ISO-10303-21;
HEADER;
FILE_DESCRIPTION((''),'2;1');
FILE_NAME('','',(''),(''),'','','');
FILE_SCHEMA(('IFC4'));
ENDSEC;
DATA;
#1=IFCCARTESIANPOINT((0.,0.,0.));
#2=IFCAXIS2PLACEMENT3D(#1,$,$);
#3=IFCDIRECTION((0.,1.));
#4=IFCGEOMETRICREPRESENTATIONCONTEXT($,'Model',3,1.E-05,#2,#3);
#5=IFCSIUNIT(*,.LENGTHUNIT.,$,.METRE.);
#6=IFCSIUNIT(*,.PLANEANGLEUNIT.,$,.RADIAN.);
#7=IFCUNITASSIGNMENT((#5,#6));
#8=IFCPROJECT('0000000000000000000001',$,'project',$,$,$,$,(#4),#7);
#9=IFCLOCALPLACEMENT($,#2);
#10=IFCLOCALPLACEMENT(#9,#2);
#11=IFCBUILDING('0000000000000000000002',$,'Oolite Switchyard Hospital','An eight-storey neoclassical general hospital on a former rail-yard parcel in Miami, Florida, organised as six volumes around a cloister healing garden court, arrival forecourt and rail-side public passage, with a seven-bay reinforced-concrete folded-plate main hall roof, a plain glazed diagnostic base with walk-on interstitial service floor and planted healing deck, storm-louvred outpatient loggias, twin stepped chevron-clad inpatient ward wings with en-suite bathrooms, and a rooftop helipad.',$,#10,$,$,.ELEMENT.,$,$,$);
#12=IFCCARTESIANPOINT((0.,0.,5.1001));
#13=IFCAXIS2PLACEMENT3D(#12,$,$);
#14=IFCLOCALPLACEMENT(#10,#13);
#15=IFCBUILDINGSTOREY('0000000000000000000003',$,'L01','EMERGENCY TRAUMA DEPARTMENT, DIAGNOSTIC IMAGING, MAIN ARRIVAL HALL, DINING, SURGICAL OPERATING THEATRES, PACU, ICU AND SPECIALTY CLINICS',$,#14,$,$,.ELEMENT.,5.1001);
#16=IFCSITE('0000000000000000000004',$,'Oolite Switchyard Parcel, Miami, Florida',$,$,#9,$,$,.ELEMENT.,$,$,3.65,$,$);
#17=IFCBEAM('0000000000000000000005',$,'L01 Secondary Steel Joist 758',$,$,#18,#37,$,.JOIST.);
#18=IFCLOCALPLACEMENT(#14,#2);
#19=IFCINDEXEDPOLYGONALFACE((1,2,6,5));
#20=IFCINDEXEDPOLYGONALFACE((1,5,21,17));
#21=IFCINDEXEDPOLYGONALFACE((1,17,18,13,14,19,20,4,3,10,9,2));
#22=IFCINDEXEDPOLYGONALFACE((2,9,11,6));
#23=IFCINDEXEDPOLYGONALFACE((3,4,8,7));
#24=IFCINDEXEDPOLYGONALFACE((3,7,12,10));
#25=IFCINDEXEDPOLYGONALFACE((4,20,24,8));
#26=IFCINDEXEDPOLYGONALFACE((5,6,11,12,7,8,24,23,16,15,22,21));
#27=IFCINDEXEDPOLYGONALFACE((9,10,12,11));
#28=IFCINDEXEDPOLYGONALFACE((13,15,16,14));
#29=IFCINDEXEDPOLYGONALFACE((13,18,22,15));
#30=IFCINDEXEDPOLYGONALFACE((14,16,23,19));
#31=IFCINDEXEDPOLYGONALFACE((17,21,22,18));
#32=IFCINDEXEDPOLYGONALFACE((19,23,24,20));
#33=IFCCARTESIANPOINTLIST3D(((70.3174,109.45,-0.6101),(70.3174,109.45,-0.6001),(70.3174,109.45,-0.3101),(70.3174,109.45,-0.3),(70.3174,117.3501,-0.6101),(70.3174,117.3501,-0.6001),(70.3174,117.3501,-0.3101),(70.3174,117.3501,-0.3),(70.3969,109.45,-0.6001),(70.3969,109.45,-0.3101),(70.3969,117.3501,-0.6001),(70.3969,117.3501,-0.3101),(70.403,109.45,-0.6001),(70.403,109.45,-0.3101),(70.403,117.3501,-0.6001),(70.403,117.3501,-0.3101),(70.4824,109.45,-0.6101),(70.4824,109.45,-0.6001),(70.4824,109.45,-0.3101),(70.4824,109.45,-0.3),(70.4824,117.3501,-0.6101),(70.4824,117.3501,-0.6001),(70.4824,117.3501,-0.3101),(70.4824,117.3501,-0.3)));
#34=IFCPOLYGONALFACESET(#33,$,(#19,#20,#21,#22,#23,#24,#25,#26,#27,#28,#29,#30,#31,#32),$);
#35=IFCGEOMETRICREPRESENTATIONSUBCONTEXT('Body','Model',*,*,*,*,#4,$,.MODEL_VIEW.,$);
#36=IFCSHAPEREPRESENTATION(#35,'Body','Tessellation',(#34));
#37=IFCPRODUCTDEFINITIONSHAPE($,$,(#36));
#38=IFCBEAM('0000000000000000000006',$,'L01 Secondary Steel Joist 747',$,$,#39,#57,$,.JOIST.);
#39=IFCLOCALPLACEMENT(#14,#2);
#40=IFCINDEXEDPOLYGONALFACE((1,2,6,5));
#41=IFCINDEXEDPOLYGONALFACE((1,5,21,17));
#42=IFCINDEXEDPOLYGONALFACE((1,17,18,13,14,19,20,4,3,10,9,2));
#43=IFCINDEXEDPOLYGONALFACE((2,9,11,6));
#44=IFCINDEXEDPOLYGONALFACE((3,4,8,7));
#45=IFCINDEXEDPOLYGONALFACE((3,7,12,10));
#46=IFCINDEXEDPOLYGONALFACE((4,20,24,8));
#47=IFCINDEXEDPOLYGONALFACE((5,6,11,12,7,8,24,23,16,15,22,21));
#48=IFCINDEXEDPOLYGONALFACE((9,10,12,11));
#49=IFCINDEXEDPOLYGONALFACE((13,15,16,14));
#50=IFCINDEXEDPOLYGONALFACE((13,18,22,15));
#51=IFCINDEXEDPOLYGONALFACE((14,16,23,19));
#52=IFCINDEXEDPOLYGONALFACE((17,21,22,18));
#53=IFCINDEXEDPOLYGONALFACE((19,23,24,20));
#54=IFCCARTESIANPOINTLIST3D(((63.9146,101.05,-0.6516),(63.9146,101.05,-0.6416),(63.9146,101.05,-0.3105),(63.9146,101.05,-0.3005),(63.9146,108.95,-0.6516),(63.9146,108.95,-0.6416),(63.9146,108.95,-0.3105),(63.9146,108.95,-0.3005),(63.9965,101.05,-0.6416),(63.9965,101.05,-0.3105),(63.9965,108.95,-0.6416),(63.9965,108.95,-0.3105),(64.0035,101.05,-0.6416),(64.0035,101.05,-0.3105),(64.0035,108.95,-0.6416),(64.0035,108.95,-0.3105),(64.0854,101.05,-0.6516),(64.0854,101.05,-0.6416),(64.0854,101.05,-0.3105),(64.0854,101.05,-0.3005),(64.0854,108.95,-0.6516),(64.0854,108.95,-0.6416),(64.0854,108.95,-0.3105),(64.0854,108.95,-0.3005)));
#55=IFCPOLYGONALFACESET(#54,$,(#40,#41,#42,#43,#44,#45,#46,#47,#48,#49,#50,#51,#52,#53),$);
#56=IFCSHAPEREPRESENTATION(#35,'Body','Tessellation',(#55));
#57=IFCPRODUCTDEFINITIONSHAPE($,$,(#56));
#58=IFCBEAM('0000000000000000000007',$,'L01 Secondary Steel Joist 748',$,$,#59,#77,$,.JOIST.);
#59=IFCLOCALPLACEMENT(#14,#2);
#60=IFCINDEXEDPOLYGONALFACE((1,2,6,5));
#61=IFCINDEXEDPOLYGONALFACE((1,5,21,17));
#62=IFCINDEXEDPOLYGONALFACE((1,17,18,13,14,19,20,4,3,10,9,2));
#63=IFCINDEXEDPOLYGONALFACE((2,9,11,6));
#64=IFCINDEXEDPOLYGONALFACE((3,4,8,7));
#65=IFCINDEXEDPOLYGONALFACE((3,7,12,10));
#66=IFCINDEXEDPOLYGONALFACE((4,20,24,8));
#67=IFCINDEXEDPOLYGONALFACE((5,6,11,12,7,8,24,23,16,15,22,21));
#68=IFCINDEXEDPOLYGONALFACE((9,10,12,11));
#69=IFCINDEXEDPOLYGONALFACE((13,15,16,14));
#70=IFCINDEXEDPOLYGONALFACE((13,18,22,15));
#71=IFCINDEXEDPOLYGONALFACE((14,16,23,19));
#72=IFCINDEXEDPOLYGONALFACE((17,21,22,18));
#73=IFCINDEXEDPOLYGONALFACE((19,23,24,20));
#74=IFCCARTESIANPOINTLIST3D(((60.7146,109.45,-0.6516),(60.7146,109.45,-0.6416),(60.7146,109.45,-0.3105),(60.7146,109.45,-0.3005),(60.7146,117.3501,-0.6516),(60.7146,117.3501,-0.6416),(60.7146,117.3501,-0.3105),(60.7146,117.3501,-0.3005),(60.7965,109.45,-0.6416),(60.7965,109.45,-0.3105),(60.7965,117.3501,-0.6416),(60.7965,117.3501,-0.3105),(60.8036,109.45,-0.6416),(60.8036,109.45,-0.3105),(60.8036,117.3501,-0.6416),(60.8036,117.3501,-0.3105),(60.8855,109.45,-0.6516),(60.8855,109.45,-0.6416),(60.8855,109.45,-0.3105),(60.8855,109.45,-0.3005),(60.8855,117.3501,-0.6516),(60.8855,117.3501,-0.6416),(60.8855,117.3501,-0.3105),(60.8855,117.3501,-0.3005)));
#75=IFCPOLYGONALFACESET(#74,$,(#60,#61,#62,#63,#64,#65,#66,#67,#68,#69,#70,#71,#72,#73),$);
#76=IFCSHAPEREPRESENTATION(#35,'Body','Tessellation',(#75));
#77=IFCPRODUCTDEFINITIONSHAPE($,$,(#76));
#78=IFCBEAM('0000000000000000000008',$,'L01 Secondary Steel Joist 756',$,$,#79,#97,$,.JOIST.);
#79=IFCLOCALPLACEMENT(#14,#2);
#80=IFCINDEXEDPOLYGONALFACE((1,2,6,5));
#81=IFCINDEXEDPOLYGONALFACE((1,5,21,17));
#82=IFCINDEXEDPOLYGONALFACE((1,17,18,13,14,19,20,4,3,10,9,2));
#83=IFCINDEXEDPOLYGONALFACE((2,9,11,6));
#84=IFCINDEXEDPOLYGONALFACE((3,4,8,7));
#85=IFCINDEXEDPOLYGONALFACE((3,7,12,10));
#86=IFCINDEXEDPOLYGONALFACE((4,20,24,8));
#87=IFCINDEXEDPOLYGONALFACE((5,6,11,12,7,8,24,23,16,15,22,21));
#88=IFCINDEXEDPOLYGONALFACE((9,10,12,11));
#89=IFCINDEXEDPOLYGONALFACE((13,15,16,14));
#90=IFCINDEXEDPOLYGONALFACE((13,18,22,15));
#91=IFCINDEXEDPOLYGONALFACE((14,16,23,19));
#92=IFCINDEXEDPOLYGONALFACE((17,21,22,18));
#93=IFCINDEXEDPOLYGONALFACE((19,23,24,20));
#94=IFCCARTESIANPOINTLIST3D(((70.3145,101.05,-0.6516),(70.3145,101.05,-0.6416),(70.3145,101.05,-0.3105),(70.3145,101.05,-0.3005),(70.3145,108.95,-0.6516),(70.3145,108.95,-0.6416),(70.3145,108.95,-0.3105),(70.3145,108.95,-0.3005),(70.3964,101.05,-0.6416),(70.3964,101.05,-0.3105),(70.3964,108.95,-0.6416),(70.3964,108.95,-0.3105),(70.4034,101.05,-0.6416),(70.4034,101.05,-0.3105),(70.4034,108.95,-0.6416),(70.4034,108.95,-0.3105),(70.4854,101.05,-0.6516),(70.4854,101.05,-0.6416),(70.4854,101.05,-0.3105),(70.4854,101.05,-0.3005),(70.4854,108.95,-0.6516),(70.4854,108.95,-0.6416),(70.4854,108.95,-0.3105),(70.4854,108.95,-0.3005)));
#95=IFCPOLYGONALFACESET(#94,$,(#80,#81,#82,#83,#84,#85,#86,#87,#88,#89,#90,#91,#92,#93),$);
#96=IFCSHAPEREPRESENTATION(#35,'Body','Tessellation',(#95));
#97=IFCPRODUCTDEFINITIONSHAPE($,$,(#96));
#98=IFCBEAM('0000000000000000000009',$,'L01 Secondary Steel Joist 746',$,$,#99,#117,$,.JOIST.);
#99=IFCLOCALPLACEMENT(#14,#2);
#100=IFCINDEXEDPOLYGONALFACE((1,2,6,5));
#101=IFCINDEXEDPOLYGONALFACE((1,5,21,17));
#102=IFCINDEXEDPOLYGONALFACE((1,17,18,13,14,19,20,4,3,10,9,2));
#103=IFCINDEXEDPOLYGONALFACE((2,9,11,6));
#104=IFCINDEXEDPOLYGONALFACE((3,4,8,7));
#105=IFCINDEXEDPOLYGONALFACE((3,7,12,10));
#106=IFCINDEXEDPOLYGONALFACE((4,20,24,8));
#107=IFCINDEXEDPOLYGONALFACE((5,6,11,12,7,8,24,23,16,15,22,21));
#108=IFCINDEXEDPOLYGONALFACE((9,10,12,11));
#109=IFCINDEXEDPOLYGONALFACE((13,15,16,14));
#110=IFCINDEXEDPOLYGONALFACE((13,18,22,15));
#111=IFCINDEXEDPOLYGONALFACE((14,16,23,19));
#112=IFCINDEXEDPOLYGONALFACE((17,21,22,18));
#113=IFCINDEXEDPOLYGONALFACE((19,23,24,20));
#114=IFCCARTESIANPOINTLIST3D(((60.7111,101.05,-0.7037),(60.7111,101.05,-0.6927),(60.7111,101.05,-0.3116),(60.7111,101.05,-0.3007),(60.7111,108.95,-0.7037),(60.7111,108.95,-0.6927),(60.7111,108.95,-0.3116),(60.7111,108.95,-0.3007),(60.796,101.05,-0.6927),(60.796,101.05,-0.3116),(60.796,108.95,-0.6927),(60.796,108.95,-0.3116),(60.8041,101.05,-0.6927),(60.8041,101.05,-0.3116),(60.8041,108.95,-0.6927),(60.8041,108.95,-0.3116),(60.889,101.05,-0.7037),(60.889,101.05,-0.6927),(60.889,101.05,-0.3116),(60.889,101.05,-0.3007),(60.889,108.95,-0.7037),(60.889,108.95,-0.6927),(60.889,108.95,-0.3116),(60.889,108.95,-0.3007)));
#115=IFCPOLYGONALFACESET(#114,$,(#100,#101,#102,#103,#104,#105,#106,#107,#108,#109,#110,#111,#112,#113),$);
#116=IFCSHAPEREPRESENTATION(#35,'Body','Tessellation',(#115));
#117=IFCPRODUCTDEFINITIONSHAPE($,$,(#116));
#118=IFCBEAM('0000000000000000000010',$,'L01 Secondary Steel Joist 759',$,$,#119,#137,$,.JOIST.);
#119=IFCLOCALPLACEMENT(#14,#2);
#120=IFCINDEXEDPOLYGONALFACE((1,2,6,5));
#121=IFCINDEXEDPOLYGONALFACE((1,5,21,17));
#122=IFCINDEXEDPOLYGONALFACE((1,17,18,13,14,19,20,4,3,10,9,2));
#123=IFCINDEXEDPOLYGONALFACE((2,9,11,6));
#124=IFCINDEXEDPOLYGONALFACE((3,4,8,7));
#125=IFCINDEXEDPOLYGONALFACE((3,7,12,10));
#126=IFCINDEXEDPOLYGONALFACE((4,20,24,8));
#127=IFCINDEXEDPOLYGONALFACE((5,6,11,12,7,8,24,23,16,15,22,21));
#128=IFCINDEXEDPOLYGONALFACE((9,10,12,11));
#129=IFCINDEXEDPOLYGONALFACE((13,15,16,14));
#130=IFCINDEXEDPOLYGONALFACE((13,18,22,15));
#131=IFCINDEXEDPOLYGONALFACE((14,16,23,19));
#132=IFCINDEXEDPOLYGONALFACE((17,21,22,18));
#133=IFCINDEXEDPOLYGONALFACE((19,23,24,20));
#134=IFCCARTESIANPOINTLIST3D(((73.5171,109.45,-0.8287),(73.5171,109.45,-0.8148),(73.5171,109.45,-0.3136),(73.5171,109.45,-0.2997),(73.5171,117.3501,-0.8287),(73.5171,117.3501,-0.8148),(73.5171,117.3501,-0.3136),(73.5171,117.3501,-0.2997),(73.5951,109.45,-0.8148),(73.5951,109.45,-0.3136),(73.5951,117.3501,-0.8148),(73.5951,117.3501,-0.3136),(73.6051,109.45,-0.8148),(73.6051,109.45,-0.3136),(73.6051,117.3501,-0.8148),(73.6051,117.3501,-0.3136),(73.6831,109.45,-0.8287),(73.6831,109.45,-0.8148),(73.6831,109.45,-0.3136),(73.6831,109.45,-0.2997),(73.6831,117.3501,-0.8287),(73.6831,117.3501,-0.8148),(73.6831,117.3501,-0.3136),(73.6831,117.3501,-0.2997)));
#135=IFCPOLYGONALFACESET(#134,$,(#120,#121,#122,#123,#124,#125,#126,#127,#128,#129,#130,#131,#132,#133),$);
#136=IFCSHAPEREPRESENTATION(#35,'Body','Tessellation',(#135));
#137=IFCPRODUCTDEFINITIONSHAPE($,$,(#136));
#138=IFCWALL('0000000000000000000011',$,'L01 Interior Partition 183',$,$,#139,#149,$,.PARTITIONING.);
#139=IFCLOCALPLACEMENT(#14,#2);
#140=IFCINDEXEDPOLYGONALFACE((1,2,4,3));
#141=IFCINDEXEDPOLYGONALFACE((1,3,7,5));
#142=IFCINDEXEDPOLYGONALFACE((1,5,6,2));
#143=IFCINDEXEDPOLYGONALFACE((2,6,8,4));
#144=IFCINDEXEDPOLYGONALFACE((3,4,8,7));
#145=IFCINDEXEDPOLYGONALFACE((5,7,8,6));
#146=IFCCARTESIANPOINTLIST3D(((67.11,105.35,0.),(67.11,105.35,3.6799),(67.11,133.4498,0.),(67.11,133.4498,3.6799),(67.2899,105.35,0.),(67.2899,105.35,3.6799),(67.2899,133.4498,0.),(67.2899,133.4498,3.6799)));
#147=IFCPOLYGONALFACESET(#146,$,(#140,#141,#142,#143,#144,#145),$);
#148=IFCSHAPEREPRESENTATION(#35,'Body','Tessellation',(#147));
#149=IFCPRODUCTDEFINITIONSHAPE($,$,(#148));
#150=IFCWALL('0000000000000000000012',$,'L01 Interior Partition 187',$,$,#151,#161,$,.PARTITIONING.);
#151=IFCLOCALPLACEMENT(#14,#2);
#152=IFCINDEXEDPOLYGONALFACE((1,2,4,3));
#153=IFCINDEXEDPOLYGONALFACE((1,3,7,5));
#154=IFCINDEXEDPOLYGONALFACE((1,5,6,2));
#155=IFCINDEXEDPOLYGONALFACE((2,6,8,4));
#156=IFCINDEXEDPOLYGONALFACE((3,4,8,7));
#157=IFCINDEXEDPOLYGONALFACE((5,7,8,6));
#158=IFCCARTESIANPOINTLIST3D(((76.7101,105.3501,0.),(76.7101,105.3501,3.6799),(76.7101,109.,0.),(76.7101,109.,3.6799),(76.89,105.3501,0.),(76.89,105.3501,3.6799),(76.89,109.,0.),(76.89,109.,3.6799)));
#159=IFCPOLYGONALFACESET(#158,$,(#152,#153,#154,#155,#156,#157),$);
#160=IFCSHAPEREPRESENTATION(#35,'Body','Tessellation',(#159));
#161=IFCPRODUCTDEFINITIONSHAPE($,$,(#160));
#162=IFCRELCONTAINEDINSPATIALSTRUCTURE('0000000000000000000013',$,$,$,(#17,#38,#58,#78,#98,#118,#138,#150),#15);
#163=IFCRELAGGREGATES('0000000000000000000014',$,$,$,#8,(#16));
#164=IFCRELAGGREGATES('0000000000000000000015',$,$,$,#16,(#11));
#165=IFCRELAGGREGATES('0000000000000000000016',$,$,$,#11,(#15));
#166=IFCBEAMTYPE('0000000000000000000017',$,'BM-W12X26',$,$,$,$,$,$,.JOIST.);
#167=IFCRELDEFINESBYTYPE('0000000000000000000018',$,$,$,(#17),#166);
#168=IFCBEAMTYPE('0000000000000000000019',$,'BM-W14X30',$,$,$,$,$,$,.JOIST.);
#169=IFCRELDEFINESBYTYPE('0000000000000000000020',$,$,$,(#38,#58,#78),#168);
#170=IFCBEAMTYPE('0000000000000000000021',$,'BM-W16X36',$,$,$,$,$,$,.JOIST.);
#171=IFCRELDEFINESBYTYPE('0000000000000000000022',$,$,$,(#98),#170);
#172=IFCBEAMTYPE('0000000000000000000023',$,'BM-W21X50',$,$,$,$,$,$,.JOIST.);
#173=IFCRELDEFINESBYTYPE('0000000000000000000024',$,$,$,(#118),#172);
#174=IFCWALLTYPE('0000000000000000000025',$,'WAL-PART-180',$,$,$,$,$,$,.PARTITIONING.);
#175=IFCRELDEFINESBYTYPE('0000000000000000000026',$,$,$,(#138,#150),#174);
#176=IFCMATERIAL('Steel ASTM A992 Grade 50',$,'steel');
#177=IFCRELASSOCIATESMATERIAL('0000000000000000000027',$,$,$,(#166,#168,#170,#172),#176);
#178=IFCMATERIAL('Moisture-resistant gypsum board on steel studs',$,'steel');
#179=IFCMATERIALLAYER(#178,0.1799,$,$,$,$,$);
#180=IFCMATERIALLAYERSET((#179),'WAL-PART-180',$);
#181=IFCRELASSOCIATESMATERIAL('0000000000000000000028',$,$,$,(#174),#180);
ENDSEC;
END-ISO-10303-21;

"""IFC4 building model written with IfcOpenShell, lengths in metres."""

from ifc_helpers import new_model, si_unit, direction, frame, frame_2d, origin, origin_2d, place, context, subcontext, project, spatial, rectangle, i_section, extrude, material, layer, layer_set, material_profile, profile_set, type_object, element, save


model = new_model("IFC4")

# Units and contexts
model_context = context("Model", 3, precision=1e-05, world=origin(), true_north=direction((0.0, 1.0)))
body_context = subcontext(model_context, "Body", "Model", "MODEL_VIEW")
ifc_project = project(units=[si_unit("LENGTHUNIT", "METRE"), si_unit("PLANEANGLEUNIT", "RADIAN")], contexts=[model_context])

# Site, building, storey
site_placement = place(None, origin())
site = spatial("IfcSite", under=ifc_project, at=site_placement, Name="Oolite Switchyard Parcel, Miami, Florida", CompositionType="ELEMENT", RefElevation=3.65)
building_placement = place(site_placement, origin())
building = spatial("IfcBuilding", under=site, at=building_placement, Name="Oolite Switchyard Hospital", Description="An eight-storey neoclassical general hospital on a former rail-yard parcel in Miami, Florida, organised as six volumes around a cloister healing garden court, arrival forecourt and rail-side public passage, with a seven-bay reinforced-concrete folded-plate main hall roof, a plain glazed diagnostic base with walk-on interstitial service floor and planted healing deck, storm-louvred outpatient loggias, twin stepped chevron-clad inpatient ward wings with en-suite bathrooms, and a rooftop helipad.", CompositionType="ELEMENT")
storey_placement = place(building_placement, frame((0.0, 0.0, 5.1001)))
storey = spatial("IfcBuildingStorey", under=building, at=storey_placement, Name="L01", Description="EMERGENCY TRAUMA DEPARTMENT, DIAGNOSTIC IMAGING, MAIN ARRIVAL HALL, DINING, SURGICAL OPERATING THEATRES, PACU, ICU AND SPECIALTY CLINICS", CompositionType="ELEMENT", Elevation=5.1001)

# Beams
ifc_material_1 = material(Name="Steel ASTM A992 Grade 50", Category="steel")
ifc_material_profile_1 = material_profile(ifc_material_1, i_section(OverallWidth=0.165, OverallDepth=0.3101, WebThickness=0.0061, FlangeThickness=0.01, at=origin_2d()), Name="W12X26")
ifc_profile_set_1 = profile_set([ifc_material_profile_1], Name="Steel ASTM A992 Grade 50")
beam_type_1 = type_object("IfcBeamType", Name="BM-W12X26", PredefinedType="JOIST", material=ifc_profile_set_1)
beam_1_placement = place(storey_placement, frame((70.3999, 109.45, -0.4551), z_axis=(0.0, 1.0, 0.0), x_axis=(-1.0, 0.0, 0.0)))
element("IfcBeam", 1, at=beam_1_placement, inside=storey, type_object=beam_type_1, Name="L01 Secondary Steel Joist 758", PredefinedType="JOIST", context=body_context, shape_type="SweptSolid", body=[
    extrude(i_section(OverallWidth=0.165, OverallDepth=0.3101, WebThickness=0.0061, FlangeThickness=0.01, at=origin_2d()), origin(), (0.0, 0.0, 1.0), 7.9001),
])
ifc_material_profile_2 = material_profile(ifc_material_1, i_section(OverallWidth=0.1709, OverallDepth=0.3511, WebThickness=0.0071, FlangeThickness=0.01, at=origin_2d()), Name="W14X30")
ifc_profile_set_2 = profile_set([ifc_material_profile_2], Name="Steel ASTM A992 Grade 50")
beam_type_2 = type_object("IfcBeamType", Name="BM-W14X30", PredefinedType="JOIST", material=ifc_profile_set_2)
beam_2_placement = place(storey_placement, frame((64.0, 101.05, -0.4761), z_axis=(0.0, 1.0, 0.0), x_axis=(-1.0, 0.0, 0.0)))
element("IfcBeam", 2, at=beam_2_placement, inside=storey, type_object=beam_type_2, Name="L01 Secondary Steel Joist 747", PredefinedType="JOIST", context=body_context, shape_type="SweptSolid", body=[
    extrude(i_section(OverallWidth=0.1709, OverallDepth=0.3511, WebThickness=0.0071, FlangeThickness=0.01, at=origin_2d()), origin(), (0.0, 0.0, 1.0), 7.8999),
])
beam_3_placement = place(storey_placement, frame((60.8, 109.45, -0.4761), z_axis=(0.0, 1.0, 0.0), x_axis=(-1.0, 0.0, 0.0)))
element("IfcBeam", 3, at=beam_3_placement, inside=storey, type_object=beam_type_2, Name="L01 Secondary Steel Joist 748", PredefinedType="JOIST", context=body_context, shape_type="SweptSolid", body=[
    extrude(i_section(OverallWidth=0.1709, OverallDepth=0.3511, WebThickness=0.0071, FlangeThickness=0.01, at=origin_2d()), origin(), (0.0, 0.0, 1.0), 7.9001),
])
beam_4_placement = place(storey_placement, frame((70.3999, 101.05, -0.4761), z_axis=(0.0, 1.0, 0.0), x_axis=(-1.0, 0.0, 0.0)))
element("IfcBeam", 4, at=beam_4_placement, inside=storey, type_object=beam_type_2, Name="L01 Secondary Steel Joist 756", PredefinedType="JOIST", context=body_context, shape_type="SweptSolid", body=[
    extrude(i_section(OverallWidth=0.1709, OverallDepth=0.3511, WebThickness=0.0071, FlangeThickness=0.01, at=origin_2d()), origin(), (0.0, 0.0, 1.0), 7.8999),
])
ifc_material_profile_3 = material_profile(ifc_material_1, i_section(OverallWidth=0.178, OverallDepth=0.4031, WebThickness=0.0081, FlangeThickness=0.011, at=origin_2d()), Name="W16X36")
ifc_profile_set_3 = profile_set([ifc_material_profile_3], Name="Steel ASTM A992 Grade 50")
beam_type_3 = type_object("IfcBeamType", Name="BM-W16X36", PredefinedType="JOIST", material=ifc_profile_set_3)
beam_5_placement = place(storey_placement, frame((60.8, 101.05, -0.5022), z_axis=(0.0, 1.0, 0.0), x_axis=(-1.0, 0.0, 0.0)))
element("IfcBeam", 5, at=beam_5_placement, inside=storey, type_object=beam_type_3, Name="L01 Secondary Steel Joist 746", PredefinedType="JOIST", context=body_context, shape_type="SweptSolid", body=[
    extrude(i_section(OverallWidth=0.178, OverallDepth=0.4031, WebThickness=0.0081, FlangeThickness=0.011, at=origin_2d()), origin(), (0.0, 0.0, 1.0), 7.8999),
])
ifc_material_profile_4 = material_profile(ifc_material_1, i_section(OverallWidth=0.166, OverallDepth=0.5291, WebThickness=0.01, FlangeThickness=0.0139, at=origin_2d()), Name="W21X50")
ifc_profile_set_4 = profile_set([ifc_material_profile_4], Name="Steel ASTM A992 Grade 50")
beam_type_4 = type_object("IfcBeamType", Name="BM-W21X50", PredefinedType="JOIST", material=ifc_profile_set_4)
beam_6_placement = place(storey_placement, frame((73.6001, 109.45, -0.5642), z_axis=(0.0, 1.0, 0.0), x_axis=(-1.0, 0.0, 0.0)))
element("IfcBeam", 6, at=beam_6_placement, inside=storey, type_object=beam_type_4, Name="L01 Secondary Steel Joist 759", PredefinedType="JOIST", context=body_context, shape_type="SweptSolid", body=[
    extrude(i_section(OverallWidth=0.166, OverallDepth=0.5291, WebThickness=0.01, FlangeThickness=0.0139, at=origin_2d()), origin(), (0.0, 0.0, 1.0), 7.9001),
])

# Walls
ifc_material_2 = material(Name="Moisture-resistant gypsum board on steel studs", Category="steel")
ifc_layer_1 = layer(ifc_material_2, 0.1799)
ifc_layer_set_1 = layer_set([ifc_layer_1], Name="WAL-PART-180")
wall_type_1 = type_object("IfcWallType", Name="WAL-PART-180", PredefinedType="PARTITIONING", material=ifc_layer_set_1)
wall_1_placement = place(storey_placement, frame((67.2, 105.3501, 0.0), z_axis=(0.0, 0.0, 1.0), x_axis=(0.0, 1.0, 0.0)))
element("IfcWall", 7, at=wall_1_placement, inside=storey, type_object=wall_type_1, Name="L01 Interior Partition 183", PredefinedType="PARTITIONING", context=body_context, shape_type="SweptSolid", body=[
    extrude(rectangle(XDim=28.0999, YDim=0.1799, at=frame_2d((14.0498, 0.0))), origin(), (0.0, 0.0, 1.0), 3.6799),
])
wall_2_placement = place(storey_placement, frame((76.8, 105.3501, 0.0), z_axis=(0.0, 0.0, 1.0), x_axis=(0.0, 1.0, 0.0)))
element("IfcWall", 8, at=wall_2_placement, inside=storey, type_object=wall_type_1, Name="L01 Interior Partition 187", PredefinedType="PARTITIONING", context=body_context, shape_type="SweptSolid", body=[
    extrude(rectangle(XDim=3.6499, YDim=0.1799, at=frame_2d((1.825, 0.0))), origin(), (0.0, 0.0, 1.0), 3.6799),
])

save(model, "model.ifc")
